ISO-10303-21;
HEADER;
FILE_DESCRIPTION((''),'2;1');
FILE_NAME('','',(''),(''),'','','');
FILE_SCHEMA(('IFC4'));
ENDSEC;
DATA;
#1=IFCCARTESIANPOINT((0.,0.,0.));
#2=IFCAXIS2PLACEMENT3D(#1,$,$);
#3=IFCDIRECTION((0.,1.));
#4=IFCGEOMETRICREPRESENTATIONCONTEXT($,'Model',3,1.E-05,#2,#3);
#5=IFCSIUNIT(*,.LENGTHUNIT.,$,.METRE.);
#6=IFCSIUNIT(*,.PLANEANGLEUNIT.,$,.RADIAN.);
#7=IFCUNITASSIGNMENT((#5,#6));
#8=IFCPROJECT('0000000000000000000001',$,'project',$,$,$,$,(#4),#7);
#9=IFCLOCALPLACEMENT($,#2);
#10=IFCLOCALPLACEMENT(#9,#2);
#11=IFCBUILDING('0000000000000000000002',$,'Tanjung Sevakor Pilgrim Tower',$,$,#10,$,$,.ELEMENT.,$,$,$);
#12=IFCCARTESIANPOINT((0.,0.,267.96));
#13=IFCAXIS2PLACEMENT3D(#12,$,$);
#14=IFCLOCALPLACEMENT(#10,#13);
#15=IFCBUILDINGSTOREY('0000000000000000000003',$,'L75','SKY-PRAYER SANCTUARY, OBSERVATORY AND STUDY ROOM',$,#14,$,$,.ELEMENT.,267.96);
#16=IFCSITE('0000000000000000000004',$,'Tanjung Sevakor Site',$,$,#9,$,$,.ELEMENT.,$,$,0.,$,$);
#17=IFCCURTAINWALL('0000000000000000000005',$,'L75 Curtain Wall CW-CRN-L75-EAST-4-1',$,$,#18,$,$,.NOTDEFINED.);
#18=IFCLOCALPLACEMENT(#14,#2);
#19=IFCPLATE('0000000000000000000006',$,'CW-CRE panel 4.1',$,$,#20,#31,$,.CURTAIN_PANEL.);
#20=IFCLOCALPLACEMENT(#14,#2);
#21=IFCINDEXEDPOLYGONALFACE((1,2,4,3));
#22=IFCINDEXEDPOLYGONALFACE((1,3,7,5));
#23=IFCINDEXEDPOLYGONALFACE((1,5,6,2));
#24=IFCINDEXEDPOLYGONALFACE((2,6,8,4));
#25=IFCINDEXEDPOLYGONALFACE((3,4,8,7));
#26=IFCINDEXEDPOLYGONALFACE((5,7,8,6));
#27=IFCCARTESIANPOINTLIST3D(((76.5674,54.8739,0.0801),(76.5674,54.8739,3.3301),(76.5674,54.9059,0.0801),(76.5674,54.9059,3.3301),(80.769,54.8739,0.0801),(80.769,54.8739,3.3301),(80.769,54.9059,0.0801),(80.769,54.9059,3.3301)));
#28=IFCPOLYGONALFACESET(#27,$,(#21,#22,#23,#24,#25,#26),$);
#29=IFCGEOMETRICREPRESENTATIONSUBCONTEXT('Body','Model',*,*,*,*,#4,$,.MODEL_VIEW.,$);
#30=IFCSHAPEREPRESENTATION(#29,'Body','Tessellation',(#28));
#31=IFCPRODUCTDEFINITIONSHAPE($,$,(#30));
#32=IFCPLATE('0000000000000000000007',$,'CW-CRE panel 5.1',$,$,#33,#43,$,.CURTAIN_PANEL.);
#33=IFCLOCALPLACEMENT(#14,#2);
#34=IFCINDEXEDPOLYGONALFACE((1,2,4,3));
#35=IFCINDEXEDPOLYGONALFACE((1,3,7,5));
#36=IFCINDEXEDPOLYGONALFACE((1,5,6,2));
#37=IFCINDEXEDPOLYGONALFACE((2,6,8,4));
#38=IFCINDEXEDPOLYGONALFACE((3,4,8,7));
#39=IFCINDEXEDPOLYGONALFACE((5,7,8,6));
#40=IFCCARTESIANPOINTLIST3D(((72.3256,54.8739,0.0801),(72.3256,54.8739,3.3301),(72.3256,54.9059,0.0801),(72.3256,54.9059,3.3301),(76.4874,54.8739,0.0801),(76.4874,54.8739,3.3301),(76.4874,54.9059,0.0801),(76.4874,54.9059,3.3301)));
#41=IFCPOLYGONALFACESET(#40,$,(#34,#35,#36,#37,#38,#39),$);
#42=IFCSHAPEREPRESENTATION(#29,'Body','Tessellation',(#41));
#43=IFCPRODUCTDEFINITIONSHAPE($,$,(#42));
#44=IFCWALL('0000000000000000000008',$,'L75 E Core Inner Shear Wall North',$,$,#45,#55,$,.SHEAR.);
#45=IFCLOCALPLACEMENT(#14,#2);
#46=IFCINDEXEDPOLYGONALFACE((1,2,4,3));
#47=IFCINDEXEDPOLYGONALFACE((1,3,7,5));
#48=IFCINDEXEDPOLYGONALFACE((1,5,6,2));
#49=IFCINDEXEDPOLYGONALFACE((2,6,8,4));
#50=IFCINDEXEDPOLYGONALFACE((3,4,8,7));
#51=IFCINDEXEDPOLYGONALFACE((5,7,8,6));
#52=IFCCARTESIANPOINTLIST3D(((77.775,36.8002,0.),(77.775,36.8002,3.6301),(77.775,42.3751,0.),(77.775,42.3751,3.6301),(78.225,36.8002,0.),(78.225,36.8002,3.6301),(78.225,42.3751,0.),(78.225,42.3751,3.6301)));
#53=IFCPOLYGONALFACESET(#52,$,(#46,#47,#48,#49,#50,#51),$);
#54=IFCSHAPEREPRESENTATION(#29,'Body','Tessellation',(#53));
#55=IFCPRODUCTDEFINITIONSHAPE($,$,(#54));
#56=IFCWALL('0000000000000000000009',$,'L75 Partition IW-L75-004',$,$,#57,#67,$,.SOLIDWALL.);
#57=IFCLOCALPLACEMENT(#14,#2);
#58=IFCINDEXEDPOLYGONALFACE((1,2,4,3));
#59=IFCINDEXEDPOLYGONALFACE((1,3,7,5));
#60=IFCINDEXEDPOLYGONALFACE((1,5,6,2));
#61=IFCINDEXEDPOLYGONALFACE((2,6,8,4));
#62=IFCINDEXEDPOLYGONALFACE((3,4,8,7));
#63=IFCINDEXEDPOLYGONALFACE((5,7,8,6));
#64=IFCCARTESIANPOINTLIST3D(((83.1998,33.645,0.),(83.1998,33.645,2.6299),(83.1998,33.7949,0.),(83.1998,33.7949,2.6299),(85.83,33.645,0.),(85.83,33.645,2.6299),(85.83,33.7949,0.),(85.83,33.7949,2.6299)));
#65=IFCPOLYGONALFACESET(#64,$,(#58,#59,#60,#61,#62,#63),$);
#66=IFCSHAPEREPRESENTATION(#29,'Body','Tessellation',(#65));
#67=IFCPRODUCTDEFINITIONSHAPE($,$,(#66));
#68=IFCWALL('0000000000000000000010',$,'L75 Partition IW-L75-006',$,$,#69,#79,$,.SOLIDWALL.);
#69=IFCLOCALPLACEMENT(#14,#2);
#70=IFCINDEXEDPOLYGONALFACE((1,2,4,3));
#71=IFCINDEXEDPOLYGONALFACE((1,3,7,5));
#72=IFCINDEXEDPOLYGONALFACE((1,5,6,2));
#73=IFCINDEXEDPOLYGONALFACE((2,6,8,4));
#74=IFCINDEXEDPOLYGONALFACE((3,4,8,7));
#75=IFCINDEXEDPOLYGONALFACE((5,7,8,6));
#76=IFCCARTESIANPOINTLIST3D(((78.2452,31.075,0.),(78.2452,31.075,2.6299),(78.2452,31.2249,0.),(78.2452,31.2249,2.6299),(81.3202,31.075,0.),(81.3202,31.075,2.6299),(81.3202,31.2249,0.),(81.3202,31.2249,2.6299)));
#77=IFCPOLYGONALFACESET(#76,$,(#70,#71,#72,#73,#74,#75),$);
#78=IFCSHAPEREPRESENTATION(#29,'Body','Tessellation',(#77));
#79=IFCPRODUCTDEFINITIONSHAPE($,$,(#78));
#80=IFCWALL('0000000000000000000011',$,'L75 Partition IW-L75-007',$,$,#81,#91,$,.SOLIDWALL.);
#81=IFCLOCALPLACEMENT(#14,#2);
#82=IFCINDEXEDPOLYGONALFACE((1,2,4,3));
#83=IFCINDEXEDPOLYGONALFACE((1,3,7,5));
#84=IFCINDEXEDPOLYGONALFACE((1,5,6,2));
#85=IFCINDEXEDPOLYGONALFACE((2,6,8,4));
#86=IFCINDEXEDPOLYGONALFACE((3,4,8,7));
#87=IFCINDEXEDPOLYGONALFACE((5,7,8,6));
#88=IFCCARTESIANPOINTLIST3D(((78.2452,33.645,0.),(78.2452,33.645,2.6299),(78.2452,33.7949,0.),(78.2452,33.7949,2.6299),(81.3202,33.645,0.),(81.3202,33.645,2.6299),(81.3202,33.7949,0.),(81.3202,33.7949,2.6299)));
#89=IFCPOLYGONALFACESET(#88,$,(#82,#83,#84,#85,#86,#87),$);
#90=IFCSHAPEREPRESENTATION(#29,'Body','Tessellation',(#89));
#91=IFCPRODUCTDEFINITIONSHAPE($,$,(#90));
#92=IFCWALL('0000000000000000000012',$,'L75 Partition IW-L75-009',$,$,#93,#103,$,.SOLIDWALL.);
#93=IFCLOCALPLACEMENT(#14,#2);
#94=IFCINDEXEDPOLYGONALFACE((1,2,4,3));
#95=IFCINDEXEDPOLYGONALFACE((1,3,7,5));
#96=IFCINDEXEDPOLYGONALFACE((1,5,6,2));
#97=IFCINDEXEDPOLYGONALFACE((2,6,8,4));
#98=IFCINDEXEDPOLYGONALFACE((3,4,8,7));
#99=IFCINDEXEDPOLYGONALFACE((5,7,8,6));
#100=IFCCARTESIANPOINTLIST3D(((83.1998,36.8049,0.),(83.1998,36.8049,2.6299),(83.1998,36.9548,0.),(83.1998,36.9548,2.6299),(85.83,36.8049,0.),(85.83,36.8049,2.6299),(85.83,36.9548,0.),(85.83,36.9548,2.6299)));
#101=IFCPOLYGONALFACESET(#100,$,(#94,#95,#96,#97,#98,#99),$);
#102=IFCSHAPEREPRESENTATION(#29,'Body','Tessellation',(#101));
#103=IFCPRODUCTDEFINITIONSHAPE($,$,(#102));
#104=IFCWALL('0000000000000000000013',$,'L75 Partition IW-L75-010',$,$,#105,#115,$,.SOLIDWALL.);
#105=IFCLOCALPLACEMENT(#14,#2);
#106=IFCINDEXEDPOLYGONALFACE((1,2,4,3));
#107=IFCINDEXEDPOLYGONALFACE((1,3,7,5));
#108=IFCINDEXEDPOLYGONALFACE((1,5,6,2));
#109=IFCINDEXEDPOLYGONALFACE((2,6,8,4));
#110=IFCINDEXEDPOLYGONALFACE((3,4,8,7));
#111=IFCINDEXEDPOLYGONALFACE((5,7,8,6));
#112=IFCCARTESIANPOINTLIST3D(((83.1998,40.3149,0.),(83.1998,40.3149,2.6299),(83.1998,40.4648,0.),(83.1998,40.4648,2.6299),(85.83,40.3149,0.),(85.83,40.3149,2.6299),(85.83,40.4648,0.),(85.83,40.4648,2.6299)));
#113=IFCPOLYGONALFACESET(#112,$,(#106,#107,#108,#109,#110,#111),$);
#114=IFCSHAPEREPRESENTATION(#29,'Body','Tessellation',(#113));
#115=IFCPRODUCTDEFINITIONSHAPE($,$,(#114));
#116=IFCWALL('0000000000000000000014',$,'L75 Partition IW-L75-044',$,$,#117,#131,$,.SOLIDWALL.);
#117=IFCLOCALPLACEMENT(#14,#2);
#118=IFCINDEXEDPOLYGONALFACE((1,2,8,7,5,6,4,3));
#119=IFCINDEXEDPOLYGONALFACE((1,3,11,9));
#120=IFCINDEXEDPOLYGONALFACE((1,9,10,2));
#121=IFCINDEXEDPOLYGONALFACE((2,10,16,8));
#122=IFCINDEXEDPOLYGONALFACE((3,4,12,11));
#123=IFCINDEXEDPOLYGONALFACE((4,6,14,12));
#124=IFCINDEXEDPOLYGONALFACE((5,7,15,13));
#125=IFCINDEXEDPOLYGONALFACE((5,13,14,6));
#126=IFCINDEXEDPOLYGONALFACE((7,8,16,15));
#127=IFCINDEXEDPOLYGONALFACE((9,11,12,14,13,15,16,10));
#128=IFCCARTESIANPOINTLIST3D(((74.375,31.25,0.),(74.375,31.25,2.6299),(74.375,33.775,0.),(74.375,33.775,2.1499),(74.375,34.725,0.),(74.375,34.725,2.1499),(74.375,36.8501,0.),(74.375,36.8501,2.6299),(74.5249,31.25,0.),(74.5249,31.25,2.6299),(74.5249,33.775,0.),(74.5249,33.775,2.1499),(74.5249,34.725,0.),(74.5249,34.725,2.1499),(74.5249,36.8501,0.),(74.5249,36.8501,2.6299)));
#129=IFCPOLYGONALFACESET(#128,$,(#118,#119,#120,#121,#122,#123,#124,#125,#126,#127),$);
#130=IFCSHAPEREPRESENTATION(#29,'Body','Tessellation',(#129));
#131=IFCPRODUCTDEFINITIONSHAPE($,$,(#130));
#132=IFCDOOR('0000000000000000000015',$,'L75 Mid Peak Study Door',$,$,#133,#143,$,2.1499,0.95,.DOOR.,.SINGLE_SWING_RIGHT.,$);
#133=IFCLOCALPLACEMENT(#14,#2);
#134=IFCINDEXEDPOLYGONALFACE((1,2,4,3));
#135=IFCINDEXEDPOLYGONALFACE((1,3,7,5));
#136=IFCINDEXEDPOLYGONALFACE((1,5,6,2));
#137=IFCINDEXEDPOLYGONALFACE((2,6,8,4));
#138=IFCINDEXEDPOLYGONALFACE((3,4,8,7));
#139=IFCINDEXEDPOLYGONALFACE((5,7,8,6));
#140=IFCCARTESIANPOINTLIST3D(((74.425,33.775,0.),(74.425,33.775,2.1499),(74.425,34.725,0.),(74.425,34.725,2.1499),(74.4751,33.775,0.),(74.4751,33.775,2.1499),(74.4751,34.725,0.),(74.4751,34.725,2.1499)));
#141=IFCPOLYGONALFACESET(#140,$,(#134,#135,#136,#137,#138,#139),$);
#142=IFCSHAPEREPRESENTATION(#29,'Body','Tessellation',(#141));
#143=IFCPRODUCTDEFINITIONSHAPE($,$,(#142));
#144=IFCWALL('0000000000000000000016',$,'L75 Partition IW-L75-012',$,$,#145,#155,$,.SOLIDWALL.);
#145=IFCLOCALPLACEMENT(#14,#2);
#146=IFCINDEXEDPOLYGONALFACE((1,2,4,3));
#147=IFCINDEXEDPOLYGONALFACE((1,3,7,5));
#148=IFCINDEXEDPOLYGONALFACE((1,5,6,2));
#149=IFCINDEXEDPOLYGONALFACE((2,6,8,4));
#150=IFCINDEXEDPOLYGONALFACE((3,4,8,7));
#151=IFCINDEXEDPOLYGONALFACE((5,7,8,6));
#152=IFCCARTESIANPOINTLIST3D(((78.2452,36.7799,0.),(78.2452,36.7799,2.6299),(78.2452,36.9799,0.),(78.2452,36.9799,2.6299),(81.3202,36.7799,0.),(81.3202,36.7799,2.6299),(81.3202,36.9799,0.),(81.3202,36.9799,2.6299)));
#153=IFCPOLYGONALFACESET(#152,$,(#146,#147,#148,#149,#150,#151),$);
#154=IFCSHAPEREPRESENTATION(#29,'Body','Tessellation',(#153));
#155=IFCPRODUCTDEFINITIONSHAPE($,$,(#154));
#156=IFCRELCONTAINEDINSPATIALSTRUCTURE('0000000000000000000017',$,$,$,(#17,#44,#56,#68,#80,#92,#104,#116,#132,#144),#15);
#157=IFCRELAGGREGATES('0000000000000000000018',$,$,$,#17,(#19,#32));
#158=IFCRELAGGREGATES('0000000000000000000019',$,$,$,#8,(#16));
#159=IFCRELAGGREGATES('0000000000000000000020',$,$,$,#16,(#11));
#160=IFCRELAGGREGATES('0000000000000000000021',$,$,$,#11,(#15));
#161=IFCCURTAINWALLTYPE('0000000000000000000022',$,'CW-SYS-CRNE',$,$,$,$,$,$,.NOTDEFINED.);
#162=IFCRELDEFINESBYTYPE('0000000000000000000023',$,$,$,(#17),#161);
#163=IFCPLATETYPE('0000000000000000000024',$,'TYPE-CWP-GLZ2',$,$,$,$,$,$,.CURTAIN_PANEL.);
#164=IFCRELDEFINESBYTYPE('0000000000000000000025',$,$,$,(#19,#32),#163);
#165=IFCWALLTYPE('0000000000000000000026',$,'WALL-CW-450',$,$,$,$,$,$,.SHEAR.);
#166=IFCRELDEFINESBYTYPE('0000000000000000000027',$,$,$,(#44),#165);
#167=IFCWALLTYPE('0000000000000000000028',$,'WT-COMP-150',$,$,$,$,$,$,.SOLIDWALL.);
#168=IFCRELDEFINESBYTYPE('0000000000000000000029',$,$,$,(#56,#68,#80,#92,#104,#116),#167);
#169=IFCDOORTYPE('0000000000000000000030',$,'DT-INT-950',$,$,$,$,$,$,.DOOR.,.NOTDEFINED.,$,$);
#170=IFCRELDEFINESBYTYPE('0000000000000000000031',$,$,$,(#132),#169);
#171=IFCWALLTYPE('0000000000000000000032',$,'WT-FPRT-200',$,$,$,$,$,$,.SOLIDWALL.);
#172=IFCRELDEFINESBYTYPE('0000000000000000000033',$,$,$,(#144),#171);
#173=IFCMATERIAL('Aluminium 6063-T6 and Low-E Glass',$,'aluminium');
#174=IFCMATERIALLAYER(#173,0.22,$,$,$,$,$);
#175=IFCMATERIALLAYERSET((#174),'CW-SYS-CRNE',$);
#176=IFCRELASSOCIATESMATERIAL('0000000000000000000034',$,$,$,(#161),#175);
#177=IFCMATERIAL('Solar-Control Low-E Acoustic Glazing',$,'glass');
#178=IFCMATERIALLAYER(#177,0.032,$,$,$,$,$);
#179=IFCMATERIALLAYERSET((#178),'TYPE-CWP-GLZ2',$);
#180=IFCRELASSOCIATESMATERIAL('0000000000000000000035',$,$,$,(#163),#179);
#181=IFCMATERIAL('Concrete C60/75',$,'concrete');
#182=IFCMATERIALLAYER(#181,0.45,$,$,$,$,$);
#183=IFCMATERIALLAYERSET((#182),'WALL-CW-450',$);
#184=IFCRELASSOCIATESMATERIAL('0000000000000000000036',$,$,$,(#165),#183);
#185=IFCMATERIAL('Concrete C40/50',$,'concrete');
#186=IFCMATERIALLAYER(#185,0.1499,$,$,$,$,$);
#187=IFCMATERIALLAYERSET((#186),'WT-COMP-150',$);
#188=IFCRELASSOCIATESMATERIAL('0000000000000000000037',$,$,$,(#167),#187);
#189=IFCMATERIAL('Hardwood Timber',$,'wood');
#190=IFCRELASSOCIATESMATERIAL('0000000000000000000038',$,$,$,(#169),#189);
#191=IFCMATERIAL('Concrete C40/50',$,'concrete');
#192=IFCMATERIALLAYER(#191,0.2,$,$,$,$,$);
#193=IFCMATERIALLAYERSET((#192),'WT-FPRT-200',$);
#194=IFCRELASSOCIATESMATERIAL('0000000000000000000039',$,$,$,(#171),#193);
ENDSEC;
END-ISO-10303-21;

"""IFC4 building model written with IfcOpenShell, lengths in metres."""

from ifc_helpers import new_model, si_unit, direction, frame, frame_2d, origin, origin_2d, place, context, subcontext, project, spatial, rectangle, extrude, material, layer, layer_set, type_object, element, fill, aggregate, save


model = new_model("IFC4")

# Units and contexts
model_context = context("Model", 3, precision=1e-05, world=origin(), true_north=direction((0.0, 1.0)))
body_context = subcontext(model_context, "Body", "Model", "MODEL_VIEW")
ifc_project = project(units=[si_unit("LENGTHUNIT", "METRE"), si_unit("PLANEANGLEUNIT", "RADIAN")], contexts=[model_context])

# Site, building, storey
site_placement = place(None, origin())
site = spatial("IfcSite", under=ifc_project, at=site_placement, Name="Tanjung Sevakor Site", CompositionType="ELEMENT", RefElevation=0.0)
building_placement = place(site_placement, origin())
building = spatial("IfcBuilding", under=site, at=building_placement, Name="Tanjung Sevakor Pilgrim Tower", CompositionType="ELEMENT")
storey_placement = place(building_placement, frame((0.0, 0.0, 267.96)))
storey = spatial("IfcBuildingStorey", under=building, at=storey_placement, Name="L75", Description="SKY-PRAYER SANCTUARY, OBSERVATORY AND STUDY ROOM", CompositionType="ELEMENT", Elevation=267.96)

# Curtain wall, plates
ifc_material_1 = material(Name="Aluminium 6063-T6 and Low-E Glass", Category="aluminium")
ifc_layer_1 = layer(ifc_material_1, 0.22)
ifc_layer_set_1 = layer_set([ifc_layer_1], Name="CW-SYS-CRNE")
curtain_wall_type = type_object("IfcCurtainWallType", Name="CW-SYS-CRNE", PredefinedType="NOTDEFINED", material=ifc_layer_set_1)
curtain_wall_placement = place(storey_placement, origin())
curtain_wall = element("IfcCurtainWall", 1, at=curtain_wall_placement, inside=storey, type_object=curtain_wall_type, Name="L75 Curtain Wall CW-CRN-L75-EAST-4-1", PredefinedType="NOTDEFINED")
ifc_material_2 = material(Name="Solar-Control Low-E Acoustic Glazing", Category="glass")
ifc_layer_2 = layer(ifc_material_2, 0.032)
ifc_layer_set_2 = layer_set([ifc_layer_2], Name="TYPE-CWP-GLZ2")
plate_type = type_object("IfcPlateType", Name="TYPE-CWP-GLZ2", PredefinedType="CURTAIN_PANEL", material=ifc_layer_set_2)
plate_1_placement = place(storey_placement, frame((78.6682, 54.8899, 0.0801), z_axis=(0.0, 0.0, 1.0), x_axis=(-1.0, 0.0, 0.0)))
plate_1 = element("IfcPlate", 2, at=plate_1_placement, type_object=plate_type, Name="CW-CRE panel 4.1", PredefinedType="CURTAIN_PANEL", context=body_context, shape_type="SweptSolid", body=[
    extrude(rectangle(XDim=4.2017, YDim=0.032, at=origin_2d()), origin(), (0.0, 0.0, 1.0), 3.25),
])
plate_2_placement = place(storey_placement, frame((74.4065, 54.8899, 0.0801), z_axis=(0.0, 0.0, 1.0), x_axis=(-1.0, 0.0, 0.0)))
plate_2 = element("IfcPlate", 3, at=plate_2_placement, type_object=plate_type, Name="CW-CRE panel 5.1", PredefinedType="CURTAIN_PANEL", context=body_context, shape_type="SweptSolid", body=[
    extrude(rectangle(XDim=4.1619, YDim=0.032, at=origin_2d()), origin(), (0.0, 0.0, 1.0), 3.25),
])
aggregate(curtain_wall, [plate_1, plate_2])

# Walls
ifc_material_3 = material(Name="Concrete C60/75", Category="concrete")
ifc_layer_3 = layer(ifc_material_3, 0.45)
ifc_layer_set_3 = layer_set([ifc_layer_3], Name="WALL-CW-450")
wall_type_1 = type_object("IfcWallType", Name="WALL-CW-450", PredefinedType="SHEAR", material=ifc_layer_set_3)
wall_1_placement = place(storey_placement, frame((78.0, 36.8, 0.0), z_axis=(0.0, 0.0, 1.0), x_axis=(0.0, 1.0, 0.0)))
element("IfcWall", 4, at=wall_1_placement, inside=storey, type_object=wall_type_1, Name="L75 E Core Inner Shear Wall North", PredefinedType="SHEAR", context=body_context, shape_type="SweptSolid", body=[
    extrude(rectangle(XDim=5.575, YDim=0.45, at=frame_2d((2.7876, 0.0))), origin(), (0.0, 0.0, 1.0), 3.6301),
])
ifc_material_4 = material(Name="Concrete C40/50", Category="concrete")
ifc_layer_4 = layer(ifc_material_4, 0.1499)
ifc_layer_set_4 = layer_set([ifc_layer_4], Name="WT-COMP-150")
wall_type_2 = type_object("IfcWallType", Name="WT-COMP-150", PredefinedType="SOLIDWALL", material=ifc_layer_set_4)
wall_2_placement = place(storey_placement, frame((83.2, 33.72, 0.0), z_axis=(0.0, 0.0, 1.0), x_axis=(1.0, 0.0, 0.0)))
element("IfcWall", 5, at=wall_2_placement, inside=storey, type_object=wall_type_2, Name="L75 Partition IW-L75-004", PredefinedType="SOLIDWALL", context=body_context, shape_type="SweptSolid", body=[
    extrude(rectangle(XDim=2.6301, YDim=0.1499, at=frame_2d((1.3149, 0.0))), origin(), (0.0, 0.0, 1.0), 2.6299),
])
for number, where, z_axis, x_axis, name in (
    (6, (78.2451, 31.1499, 0.0), (0.0, 0.0, 1.0), (1.0, 0.0, 0.0), "L75 Partition IW-L75-006"),
    (7, (78.2451, 33.72, 0.0), (0.0, 0.0, 1.0), (1.0, 0.0, 0.0), "L75 Partition IW-L75-007"),
):
    element("IfcWall", number, at=place(storey_placement, frame(where, z_axis=z_axis, x_axis=x_axis)), inside=storey, type_object=wall_type_2, Name=name, PredefinedType="SOLIDWALL", context=body_context, shape_type="SweptSolid", body=[
        extrude(rectangle(XDim=3.075, YDim=0.1499, at=frame_2d((1.5376, 0.0))), origin(), (0.0, 0.0, 1.0), 2.6299),
    ])
for number, where, z_axis, x_axis, name in (
    (8, (83.2, 36.8799, 0.0), (0.0, 0.0, 1.0), (1.0, 0.0, 0.0), "L75 Partition IW-L75-009"),
    (9, (83.2, 40.3899, 0.0), (0.0, 0.0, 1.0), (1.0, 0.0, 0.0), "L75 Partition IW-L75-010"),
):
    element("IfcWall", number, at=place(storey_placement, frame(where, z_axis=z_axis, x_axis=x_axis)), inside=storey, type_object=wall_type_2, Name=name, PredefinedType="SOLIDWALL", context=body_context, shape_type="SweptSolid", body=[
        extrude(rectangle(XDim=2.6301, YDim=0.1499, at=frame_2d((1.3149, 0.0))), origin(), (0.0, 0.0, 1.0), 2.6299),
    ])

# Wall, opening, door
wall_3_placement = place(storey_placement, frame((74.45, 31.25, 0.0), z_axis=(0.0, 0.0, 1.0), x_axis=(0.0, 1.0, 0.0)))
wall_3 = element("IfcWall", 10, at=wall_3_placement, inside=storey, type_object=wall_type_2, Name="L75 Partition IW-L75-044", PredefinedType="SOLIDWALL", context=body_context, shape_type="SweptSolid", body=[
    extrude(rectangle(XDim=5.6001, YDim=0.1499, at=frame_2d((2.8, 0.0))), origin(), (0.0, 0.0, 1.0), 2.6299),
])
opening_1_placement = place(wall_3_placement, frame((2.5249, 0.0, 0.0)))
opening_1 = element("IfcOpeningElement", 11, at=opening_1_placement, cuts=wall_3, PredefinedType="OPENING", context=body_context, shape_type="SweptSolid", body=[
    extrude(rectangle(XDim=0.95, YDim=2.1499, at=frame_2d((0.4751, 1.075))), frame((0.0, 0.085, 0.0), z_axis=(0.0, -1.0, 0.0), x_axis=(1.0, 0.0, 0.0)), (0.0, 0.0, 1.0), 0.1699),
])
ifc_material_5 = material(Name="Hardwood Timber", Category="wood")
door_type_1 = type_object("IfcDoorType", Name="DT-INT-950", OperationType="NOTDEFINED", PredefinedType="DOOR", material=ifc_material_5)
door_1_placement = place(opening_1_placement, origin())
door_1 = element("IfcDoor", 12, at=door_1_placement, inside=storey, type_object=door_type_1, Name="L75 Mid Peak Study Door", OperationType="SINGLE_SWING_RIGHT", OverallHeight=2.1499, OverallWidth=0.95, PredefinedType="DOOR", context=body_context, shape_type="SweptSolid", body=[
    extrude(rectangle(XDim=0.95, YDim=2.1499, at=frame_2d((0.4751, 1.075))), frame((0.0, 0.0249, 0.0), z_axis=(0.0, -1.0, 0.0), x_axis=(1.0, 0.0, 0.0)), (0.0, 0.0, 1.0), 0.05),
])
fill(opening_1, door_1)

# Wall
ifc_material_6 = material(Name="Concrete C40/50", Category="concrete")
ifc_layer_5 = layer(ifc_material_6, 0.2)
ifc_layer_set_5 = layer_set([ifc_layer_5], Name="WT-FPRT-200")
wall_type_3 = type_object("IfcWallType", Name="WT-FPRT-200", PredefinedType="SOLIDWALL", material=ifc_layer_set_5)
wall_4_placement = place(storey_placement, frame((78.2451, 36.8799, 0.0), z_axis=(0.0, 0.0, 1.0), x_axis=(1.0, 0.0, 0.0)))
element("IfcWall", 13, at=wall_4_placement, inside=storey, type_object=wall_type_3, Name="L75 Partition IW-L75-012", PredefinedType="SOLIDWALL", context=body_context, shape_type="SweptSolid", body=[
    extrude(rectangle(XDim=3.075, YDim=0.2, at=frame_2d((1.5376, 0.0))), origin(), (0.0, 0.0, 1.0), 2.6299),
])

save(model, "model.ifc")
